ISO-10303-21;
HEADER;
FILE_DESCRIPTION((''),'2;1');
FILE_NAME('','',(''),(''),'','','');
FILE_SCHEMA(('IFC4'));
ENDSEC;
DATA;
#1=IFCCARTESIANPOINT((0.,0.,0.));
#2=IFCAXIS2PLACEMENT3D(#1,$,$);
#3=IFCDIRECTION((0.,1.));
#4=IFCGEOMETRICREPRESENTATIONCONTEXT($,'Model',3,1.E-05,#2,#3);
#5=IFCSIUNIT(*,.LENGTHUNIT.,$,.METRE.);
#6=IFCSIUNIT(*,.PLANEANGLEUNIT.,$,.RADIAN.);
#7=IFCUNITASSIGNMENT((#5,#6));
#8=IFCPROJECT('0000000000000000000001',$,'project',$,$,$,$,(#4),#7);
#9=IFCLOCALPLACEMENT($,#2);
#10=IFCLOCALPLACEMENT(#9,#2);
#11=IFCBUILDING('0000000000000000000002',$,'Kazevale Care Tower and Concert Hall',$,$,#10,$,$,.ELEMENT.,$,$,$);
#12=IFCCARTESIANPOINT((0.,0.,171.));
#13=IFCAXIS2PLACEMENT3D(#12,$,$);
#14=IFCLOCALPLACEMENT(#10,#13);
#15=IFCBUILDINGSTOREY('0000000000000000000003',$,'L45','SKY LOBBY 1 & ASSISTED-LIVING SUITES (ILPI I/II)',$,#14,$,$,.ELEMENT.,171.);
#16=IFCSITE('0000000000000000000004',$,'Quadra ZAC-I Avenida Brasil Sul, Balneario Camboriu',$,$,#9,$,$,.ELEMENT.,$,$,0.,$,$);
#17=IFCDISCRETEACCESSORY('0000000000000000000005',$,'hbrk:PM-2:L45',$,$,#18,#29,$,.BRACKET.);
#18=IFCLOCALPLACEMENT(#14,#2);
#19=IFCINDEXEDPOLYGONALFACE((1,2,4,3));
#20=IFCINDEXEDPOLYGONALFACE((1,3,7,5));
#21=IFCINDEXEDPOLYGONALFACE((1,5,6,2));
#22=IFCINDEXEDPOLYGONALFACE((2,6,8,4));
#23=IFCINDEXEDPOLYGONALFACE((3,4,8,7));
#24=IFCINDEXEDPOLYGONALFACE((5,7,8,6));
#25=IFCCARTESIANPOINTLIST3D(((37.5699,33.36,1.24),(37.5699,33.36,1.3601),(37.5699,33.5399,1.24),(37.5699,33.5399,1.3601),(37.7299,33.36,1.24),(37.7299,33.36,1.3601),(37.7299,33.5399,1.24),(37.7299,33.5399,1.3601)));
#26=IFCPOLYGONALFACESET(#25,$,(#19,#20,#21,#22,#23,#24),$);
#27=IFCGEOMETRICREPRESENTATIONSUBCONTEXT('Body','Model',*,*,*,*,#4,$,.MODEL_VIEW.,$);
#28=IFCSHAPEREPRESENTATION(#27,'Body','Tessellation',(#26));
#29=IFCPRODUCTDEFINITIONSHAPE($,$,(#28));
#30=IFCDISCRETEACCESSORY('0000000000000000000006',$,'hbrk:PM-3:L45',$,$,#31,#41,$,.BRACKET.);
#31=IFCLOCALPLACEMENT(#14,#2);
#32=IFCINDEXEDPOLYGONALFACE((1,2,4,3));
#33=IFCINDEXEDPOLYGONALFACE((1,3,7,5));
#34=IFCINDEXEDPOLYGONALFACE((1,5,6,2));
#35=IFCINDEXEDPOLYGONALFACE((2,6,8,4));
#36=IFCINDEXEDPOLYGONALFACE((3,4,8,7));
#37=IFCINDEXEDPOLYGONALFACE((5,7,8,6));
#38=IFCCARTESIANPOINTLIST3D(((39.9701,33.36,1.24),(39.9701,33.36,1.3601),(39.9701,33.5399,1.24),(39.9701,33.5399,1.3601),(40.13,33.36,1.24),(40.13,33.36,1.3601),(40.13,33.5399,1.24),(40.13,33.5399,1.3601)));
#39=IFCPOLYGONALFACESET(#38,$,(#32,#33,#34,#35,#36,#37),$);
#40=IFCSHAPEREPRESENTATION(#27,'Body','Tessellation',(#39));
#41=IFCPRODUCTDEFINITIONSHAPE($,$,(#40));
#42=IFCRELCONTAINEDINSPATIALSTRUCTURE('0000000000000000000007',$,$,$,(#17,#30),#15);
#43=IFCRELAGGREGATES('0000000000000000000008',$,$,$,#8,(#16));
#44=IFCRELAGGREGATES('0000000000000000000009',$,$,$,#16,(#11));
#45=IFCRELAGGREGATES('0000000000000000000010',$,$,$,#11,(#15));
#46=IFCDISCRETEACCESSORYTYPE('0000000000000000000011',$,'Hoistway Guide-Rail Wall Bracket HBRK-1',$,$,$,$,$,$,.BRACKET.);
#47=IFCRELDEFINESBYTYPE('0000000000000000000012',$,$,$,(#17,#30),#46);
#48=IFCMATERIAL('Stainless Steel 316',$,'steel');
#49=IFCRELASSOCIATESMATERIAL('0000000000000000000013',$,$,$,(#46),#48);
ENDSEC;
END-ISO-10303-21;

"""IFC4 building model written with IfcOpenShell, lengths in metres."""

from ifc_helpers import new_model, si_unit, direction, frame, origin, origin_2d, place, context, subcontext, project, spatial, rectangle, extrude, material, type_object, element, save


model = new_model("IFC4")

# Units and contexts
model_context = context("Model", 3, precision=1e-05, world=origin(), true_north=direction((0.0, 1.0)))
body_context = subcontext(model_context, "Body", "Model", "MODEL_VIEW")
ifc_project = project(units=[si_unit("LENGTHUNIT", "METRE"), si_unit("PLANEANGLEUNIT", "RADIAN")], contexts=[model_context])

# Site, building, storey
site_placement = place(None, origin())
site = spatial("IfcSite", under=ifc_project, at=site_placement, Name="Quadra ZAC-I Avenida Brasil Sul, Balneario Camboriu", CompositionType="ELEMENT", RefElevation=0.0)
building_placement = place(site_placement, origin())
building = spatial("IfcBuilding", under=site, at=building_placement, Name="Kazevale Care Tower and Concert Hall", CompositionType="ELEMENT")
storey_placement = place(building_placement, frame((0.0, 0.0, 171.0)))
storey = spatial("IfcBuildingStorey", under=building, at=storey_placement, Name="L45", Description="SKY LOBBY 1 & ASSISTED-LIVING SUITES (ILPI I/II)", CompositionType="ELEMENT", Elevation=171.0)

# Discrete accessories
ifc_material_1 = material(Name="Stainless Steel 316", Category="steel")
discrete_accessory_type = type_object("IfcDiscreteAccessoryType", Name="Hoistway Guide-Rail Wall Bracket HBRK-1", PredefinedType="BRACKET", material=ifc_material_1)
for number, where, z_axis, x_axis, name in (
    (1, (37.6499, 33.45, 1.24), (0.0, 0.0, 1.0), (1.0, 0.0, 0.0), "hbrk:PM-2:L45"),
    (2, (40.05, 33.45, 1.24), (0.0, 0.0, 1.0), (1.0, 0.0, 0.0), "hbrk:PM-3:L45"),
):
    element("IfcDiscreteAccessory", number, at=place(storey_placement, frame(where, z_axis=z_axis, x_axis=x_axis)), inside=storey, type_object=discrete_accessory_type, Name=name, PredefinedType="BRACKET", context=body_context, shape_type="SweptSolid", body=[
        extrude(rectangle(XDim=0.1599, YDim=0.1799, at=origin_2d()), origin(), (0.0, 0.0, 1.0), 0.1201),
    ])

save(model, "model.ifc")
